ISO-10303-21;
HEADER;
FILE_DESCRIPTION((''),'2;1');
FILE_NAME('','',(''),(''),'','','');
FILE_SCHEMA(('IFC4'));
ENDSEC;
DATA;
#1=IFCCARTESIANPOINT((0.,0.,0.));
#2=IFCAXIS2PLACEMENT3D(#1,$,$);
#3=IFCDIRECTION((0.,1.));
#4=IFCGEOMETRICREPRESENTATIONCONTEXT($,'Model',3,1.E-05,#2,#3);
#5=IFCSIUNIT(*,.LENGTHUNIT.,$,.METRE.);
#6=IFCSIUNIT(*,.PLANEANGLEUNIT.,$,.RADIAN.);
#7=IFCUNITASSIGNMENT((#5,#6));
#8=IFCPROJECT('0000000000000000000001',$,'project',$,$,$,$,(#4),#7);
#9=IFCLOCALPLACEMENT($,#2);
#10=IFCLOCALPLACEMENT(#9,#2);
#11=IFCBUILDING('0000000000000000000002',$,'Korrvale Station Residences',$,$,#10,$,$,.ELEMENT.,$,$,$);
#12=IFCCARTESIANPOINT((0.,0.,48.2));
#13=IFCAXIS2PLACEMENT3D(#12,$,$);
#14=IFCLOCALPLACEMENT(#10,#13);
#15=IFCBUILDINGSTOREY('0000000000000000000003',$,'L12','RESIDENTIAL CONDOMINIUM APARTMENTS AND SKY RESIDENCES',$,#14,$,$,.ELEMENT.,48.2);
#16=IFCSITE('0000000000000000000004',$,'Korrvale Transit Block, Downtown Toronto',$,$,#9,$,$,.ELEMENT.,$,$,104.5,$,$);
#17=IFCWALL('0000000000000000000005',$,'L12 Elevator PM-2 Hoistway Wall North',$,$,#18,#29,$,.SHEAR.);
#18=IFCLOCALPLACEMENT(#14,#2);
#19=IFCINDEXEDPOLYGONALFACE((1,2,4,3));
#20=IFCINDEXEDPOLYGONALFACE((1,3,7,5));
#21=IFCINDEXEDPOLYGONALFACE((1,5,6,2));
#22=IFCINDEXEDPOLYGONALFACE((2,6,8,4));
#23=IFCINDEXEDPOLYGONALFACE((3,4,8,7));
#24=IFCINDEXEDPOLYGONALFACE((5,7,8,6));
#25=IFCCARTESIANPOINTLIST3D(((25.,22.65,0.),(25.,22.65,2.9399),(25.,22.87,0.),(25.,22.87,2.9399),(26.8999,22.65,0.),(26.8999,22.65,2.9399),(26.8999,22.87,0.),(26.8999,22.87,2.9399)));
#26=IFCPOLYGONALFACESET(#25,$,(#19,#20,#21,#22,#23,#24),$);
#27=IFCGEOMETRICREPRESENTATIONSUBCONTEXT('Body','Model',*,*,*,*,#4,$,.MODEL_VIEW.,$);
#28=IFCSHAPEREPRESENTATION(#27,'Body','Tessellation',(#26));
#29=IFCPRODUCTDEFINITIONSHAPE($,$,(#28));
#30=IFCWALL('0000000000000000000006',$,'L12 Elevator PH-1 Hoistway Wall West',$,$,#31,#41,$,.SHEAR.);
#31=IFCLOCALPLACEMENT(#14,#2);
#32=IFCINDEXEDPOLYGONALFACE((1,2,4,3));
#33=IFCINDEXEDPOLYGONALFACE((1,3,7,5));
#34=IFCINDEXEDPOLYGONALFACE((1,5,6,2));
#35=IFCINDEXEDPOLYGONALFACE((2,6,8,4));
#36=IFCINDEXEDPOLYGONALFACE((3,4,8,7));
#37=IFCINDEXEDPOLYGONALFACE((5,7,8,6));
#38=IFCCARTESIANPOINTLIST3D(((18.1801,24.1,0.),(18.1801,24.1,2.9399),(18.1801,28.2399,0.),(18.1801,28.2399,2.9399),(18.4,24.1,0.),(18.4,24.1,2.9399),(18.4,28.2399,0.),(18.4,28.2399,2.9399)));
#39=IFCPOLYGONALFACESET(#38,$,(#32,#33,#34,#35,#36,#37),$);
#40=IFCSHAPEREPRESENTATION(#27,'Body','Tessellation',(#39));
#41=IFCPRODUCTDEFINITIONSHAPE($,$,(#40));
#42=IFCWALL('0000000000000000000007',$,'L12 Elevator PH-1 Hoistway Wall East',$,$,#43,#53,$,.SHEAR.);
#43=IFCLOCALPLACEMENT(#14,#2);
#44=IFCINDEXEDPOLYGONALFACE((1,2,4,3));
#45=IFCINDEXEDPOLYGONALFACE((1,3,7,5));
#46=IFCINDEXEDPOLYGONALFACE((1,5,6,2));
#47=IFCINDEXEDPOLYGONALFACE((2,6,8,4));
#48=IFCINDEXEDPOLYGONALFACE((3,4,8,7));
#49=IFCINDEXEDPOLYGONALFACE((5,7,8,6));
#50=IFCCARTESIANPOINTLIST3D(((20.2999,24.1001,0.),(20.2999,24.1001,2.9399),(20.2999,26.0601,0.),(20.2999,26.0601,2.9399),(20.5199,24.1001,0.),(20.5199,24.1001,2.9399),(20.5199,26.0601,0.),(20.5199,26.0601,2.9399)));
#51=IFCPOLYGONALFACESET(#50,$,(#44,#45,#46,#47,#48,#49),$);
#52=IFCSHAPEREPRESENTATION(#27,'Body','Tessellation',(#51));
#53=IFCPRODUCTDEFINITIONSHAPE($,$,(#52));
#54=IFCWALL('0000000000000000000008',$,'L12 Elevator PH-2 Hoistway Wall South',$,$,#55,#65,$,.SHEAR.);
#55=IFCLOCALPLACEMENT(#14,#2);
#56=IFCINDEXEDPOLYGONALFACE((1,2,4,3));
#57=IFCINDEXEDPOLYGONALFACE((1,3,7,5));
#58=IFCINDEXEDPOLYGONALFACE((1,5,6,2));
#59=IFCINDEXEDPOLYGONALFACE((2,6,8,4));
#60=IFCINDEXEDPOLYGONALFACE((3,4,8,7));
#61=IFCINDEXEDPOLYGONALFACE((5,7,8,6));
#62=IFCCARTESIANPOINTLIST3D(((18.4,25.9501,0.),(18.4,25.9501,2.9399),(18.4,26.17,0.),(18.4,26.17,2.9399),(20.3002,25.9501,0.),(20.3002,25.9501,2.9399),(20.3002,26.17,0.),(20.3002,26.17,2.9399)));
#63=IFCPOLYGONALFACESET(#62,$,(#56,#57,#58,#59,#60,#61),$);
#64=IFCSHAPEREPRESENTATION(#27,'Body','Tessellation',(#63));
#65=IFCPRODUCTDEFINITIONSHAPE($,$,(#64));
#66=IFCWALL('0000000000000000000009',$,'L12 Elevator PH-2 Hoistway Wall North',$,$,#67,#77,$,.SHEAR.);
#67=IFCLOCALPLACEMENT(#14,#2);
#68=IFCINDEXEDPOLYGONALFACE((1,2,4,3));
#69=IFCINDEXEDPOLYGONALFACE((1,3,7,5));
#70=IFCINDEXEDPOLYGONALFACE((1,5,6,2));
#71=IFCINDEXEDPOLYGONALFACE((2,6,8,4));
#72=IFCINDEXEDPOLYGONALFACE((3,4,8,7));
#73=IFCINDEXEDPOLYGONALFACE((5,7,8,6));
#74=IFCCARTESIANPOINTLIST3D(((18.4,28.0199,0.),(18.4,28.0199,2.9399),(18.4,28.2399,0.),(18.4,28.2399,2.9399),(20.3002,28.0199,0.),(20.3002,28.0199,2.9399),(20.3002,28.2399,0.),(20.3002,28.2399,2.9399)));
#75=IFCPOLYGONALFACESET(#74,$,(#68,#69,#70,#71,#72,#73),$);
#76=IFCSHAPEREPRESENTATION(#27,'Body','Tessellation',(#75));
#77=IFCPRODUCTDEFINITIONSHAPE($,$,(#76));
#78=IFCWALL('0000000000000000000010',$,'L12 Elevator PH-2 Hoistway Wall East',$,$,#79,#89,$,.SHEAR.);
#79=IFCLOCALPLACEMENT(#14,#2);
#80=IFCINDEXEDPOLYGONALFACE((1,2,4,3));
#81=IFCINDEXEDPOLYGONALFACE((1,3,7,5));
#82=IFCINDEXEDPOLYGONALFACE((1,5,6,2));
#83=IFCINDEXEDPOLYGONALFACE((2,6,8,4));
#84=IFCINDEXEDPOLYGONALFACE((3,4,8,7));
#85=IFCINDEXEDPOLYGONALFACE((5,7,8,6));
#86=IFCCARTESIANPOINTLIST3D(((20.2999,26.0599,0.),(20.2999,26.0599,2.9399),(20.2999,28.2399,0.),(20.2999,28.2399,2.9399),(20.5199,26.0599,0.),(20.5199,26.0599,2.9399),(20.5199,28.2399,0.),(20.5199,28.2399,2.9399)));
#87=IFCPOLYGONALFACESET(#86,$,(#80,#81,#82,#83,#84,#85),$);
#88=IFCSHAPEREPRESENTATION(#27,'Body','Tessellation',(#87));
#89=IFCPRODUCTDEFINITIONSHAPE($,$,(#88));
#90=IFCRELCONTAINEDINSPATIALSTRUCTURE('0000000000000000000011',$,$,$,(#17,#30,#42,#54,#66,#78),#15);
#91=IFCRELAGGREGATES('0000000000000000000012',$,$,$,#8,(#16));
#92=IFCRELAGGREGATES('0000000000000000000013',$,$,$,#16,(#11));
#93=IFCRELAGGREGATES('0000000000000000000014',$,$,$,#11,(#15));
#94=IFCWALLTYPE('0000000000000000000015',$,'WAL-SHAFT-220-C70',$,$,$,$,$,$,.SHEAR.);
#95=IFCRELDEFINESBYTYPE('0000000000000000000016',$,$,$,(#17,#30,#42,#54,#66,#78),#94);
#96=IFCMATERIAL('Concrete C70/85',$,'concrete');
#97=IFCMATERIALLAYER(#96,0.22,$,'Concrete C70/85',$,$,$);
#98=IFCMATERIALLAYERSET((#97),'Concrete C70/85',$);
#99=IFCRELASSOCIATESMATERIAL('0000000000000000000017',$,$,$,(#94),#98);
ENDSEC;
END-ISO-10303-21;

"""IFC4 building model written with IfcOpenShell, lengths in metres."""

from ifc_helpers import new_model, si_unit, direction, frame, frame_2d, origin, place, context, subcontext, project, spatial, rectangle, extrude, material, layer, layer_set, type_object, element, save


model = new_model("IFC4")

# Units and contexts
model_context = context("Model", 3, precision=1e-05, world=origin(), true_north=direction((0.0, 1.0)))
body_context = subcontext(model_context, "Body", "Model", "MODEL_VIEW")
ifc_project = project(units=[si_unit("LENGTHUNIT", "METRE"), si_unit("PLANEANGLEUNIT", "RADIAN")], contexts=[model_context])

# Site, building, storey
site_placement = place(None, origin())
site = spatial("IfcSite", under=ifc_project, at=site_placement, Name="Korrvale Transit Block, Downtown Toronto", CompositionType="ELEMENT", RefElevation=104.5)
building_placement = place(site_placement, origin())
building = spatial("IfcBuilding", under=site, at=building_placement, Name="Korrvale Station Residences", CompositionType="ELEMENT")
storey_placement = place(building_placement, frame((0.0, 0.0, 48.2)))
storey = spatial("IfcBuildingStorey", under=building, at=storey_placement, Name="L12", Description="RESIDENTIAL CONDOMINIUM APARTMENTS AND SKY RESIDENCES", CompositionType="ELEMENT", Elevation=48.2)

# Shared definitions
ifc_material_1 = material(Name="Concrete C70/85", Category="concrete")

# Shared definitions
ifc_layer_1 = layer(ifc_material_1, 0.22, Name="Concrete C70/85")
ifc_layer_set_1 = layer_set([ifc_layer_1], Name="Concrete C70/85")
wall_type_1 = type_object("IfcWallType", Name="WAL-SHAFT-220-C70", PredefinedType="SHEAR", material=ifc_layer_set_1)

# Walls
for number, where, z_axis, x_axis, name in (
    (1, (25.0, 22.76, 0.0), (0.0, 0.0, 1.0), (1.0, 0.0, 0.0), "L12 Elevator PM-2 Hoistway Wall North"),
):
    element("IfcWall", number, at=place(storey_placement, frame(where, z_axis=z_axis, x_axis=x_axis)), inside=storey, type_object=wall_type_1, Name=name, PredefinedType="SHEAR", context=body_context, shape_type="SweptSolid", body=[
        extrude(rectangle(XDim=1.8999, YDim=0.22, at=frame_2d((0.95, 0.0))), origin(), (0.0, 0.0, 1.0), 2.9399),
    ])
wall_1_placement = place(storey_placement, frame((18.29, 24.1001, 0.0), z_axis=(0.0, 0.0, 1.0), x_axis=(0.0, 1.0, 0.0)))
element("IfcWall", 2, at=wall_1_placement, inside=storey, type_object=wall_type_1, Name="L12 Elevator PH-1 Hoistway Wall West", PredefinedType="SHEAR", context=body_context, shape_type="SweptSolid", body=[
    extrude(rectangle(XDim=4.1399, YDim=0.22, at=frame_2d((2.0698, 0.0))), origin(), (0.0, 0.0, 1.0), 2.9399),
])
wall_2_placement = place(storey_placement, frame((20.4099, 24.1001, 0.0), z_axis=(0.0, 0.0, 1.0), x_axis=(0.0, 1.0, 0.0)))
element("IfcWall", 3, at=wall_2_placement, inside=storey, type_object=wall_type_1, Name="L12 Elevator PH-1 Hoistway Wall East", PredefinedType="SHEAR", context=body_context, shape_type="SweptSolid", body=[
    extrude(rectangle(XDim=1.96, YDim=0.22, at=frame_2d((0.98, 0.0))), origin(), (0.0, 0.0, 1.0), 2.9399),
])
for number, where, z_axis, x_axis, name in (
    (4, (18.3999, 26.0601, 0.0), (0.0, 0.0, 1.0), (1.0, 0.0, 0.0), "L12 Elevator PH-2 Hoistway Wall South"),
    (5, (18.3999, 28.1299, 0.0), (0.0, 0.0, 1.0), (1.0, 0.0, 0.0), "L12 Elevator PH-2 Hoistway Wall North"),
):
    element("IfcWall", number, at=place(storey_placement, frame(where, z_axis=z_axis, x_axis=x_axis)), inside=storey, type_object=wall_type_1, Name=name, PredefinedType="SHEAR", context=body_context, shape_type="SweptSolid", body=[
        extrude(rectangle(XDim=1.9001, YDim=0.22, at=frame_2d((0.9502, 0.0))), origin(), (0.0, 0.0, 1.0), 2.9399),
    ])
wall_3_placement = place(storey_placement, frame((20.4099, 26.0601, 0.0), z_axis=(0.0, 0.0, 1.0), x_axis=(0.0, 1.0, 0.0)))
element("IfcWall", 6, at=wall_3_placement, inside=storey, type_object=wall_type_1, Name="L12 Elevator PH-2 Hoistway Wall East", PredefinedType="SHEAR", context=body_context, shape_type="SweptSolid", body=[
    extrude(rectangle(XDim=2.1799, YDim=0.22, at=frame_2d((1.0898, 0.0))), origin(), (0.0, 0.0, 1.0), 2.9399),
])

save(model, "model.ifc")
